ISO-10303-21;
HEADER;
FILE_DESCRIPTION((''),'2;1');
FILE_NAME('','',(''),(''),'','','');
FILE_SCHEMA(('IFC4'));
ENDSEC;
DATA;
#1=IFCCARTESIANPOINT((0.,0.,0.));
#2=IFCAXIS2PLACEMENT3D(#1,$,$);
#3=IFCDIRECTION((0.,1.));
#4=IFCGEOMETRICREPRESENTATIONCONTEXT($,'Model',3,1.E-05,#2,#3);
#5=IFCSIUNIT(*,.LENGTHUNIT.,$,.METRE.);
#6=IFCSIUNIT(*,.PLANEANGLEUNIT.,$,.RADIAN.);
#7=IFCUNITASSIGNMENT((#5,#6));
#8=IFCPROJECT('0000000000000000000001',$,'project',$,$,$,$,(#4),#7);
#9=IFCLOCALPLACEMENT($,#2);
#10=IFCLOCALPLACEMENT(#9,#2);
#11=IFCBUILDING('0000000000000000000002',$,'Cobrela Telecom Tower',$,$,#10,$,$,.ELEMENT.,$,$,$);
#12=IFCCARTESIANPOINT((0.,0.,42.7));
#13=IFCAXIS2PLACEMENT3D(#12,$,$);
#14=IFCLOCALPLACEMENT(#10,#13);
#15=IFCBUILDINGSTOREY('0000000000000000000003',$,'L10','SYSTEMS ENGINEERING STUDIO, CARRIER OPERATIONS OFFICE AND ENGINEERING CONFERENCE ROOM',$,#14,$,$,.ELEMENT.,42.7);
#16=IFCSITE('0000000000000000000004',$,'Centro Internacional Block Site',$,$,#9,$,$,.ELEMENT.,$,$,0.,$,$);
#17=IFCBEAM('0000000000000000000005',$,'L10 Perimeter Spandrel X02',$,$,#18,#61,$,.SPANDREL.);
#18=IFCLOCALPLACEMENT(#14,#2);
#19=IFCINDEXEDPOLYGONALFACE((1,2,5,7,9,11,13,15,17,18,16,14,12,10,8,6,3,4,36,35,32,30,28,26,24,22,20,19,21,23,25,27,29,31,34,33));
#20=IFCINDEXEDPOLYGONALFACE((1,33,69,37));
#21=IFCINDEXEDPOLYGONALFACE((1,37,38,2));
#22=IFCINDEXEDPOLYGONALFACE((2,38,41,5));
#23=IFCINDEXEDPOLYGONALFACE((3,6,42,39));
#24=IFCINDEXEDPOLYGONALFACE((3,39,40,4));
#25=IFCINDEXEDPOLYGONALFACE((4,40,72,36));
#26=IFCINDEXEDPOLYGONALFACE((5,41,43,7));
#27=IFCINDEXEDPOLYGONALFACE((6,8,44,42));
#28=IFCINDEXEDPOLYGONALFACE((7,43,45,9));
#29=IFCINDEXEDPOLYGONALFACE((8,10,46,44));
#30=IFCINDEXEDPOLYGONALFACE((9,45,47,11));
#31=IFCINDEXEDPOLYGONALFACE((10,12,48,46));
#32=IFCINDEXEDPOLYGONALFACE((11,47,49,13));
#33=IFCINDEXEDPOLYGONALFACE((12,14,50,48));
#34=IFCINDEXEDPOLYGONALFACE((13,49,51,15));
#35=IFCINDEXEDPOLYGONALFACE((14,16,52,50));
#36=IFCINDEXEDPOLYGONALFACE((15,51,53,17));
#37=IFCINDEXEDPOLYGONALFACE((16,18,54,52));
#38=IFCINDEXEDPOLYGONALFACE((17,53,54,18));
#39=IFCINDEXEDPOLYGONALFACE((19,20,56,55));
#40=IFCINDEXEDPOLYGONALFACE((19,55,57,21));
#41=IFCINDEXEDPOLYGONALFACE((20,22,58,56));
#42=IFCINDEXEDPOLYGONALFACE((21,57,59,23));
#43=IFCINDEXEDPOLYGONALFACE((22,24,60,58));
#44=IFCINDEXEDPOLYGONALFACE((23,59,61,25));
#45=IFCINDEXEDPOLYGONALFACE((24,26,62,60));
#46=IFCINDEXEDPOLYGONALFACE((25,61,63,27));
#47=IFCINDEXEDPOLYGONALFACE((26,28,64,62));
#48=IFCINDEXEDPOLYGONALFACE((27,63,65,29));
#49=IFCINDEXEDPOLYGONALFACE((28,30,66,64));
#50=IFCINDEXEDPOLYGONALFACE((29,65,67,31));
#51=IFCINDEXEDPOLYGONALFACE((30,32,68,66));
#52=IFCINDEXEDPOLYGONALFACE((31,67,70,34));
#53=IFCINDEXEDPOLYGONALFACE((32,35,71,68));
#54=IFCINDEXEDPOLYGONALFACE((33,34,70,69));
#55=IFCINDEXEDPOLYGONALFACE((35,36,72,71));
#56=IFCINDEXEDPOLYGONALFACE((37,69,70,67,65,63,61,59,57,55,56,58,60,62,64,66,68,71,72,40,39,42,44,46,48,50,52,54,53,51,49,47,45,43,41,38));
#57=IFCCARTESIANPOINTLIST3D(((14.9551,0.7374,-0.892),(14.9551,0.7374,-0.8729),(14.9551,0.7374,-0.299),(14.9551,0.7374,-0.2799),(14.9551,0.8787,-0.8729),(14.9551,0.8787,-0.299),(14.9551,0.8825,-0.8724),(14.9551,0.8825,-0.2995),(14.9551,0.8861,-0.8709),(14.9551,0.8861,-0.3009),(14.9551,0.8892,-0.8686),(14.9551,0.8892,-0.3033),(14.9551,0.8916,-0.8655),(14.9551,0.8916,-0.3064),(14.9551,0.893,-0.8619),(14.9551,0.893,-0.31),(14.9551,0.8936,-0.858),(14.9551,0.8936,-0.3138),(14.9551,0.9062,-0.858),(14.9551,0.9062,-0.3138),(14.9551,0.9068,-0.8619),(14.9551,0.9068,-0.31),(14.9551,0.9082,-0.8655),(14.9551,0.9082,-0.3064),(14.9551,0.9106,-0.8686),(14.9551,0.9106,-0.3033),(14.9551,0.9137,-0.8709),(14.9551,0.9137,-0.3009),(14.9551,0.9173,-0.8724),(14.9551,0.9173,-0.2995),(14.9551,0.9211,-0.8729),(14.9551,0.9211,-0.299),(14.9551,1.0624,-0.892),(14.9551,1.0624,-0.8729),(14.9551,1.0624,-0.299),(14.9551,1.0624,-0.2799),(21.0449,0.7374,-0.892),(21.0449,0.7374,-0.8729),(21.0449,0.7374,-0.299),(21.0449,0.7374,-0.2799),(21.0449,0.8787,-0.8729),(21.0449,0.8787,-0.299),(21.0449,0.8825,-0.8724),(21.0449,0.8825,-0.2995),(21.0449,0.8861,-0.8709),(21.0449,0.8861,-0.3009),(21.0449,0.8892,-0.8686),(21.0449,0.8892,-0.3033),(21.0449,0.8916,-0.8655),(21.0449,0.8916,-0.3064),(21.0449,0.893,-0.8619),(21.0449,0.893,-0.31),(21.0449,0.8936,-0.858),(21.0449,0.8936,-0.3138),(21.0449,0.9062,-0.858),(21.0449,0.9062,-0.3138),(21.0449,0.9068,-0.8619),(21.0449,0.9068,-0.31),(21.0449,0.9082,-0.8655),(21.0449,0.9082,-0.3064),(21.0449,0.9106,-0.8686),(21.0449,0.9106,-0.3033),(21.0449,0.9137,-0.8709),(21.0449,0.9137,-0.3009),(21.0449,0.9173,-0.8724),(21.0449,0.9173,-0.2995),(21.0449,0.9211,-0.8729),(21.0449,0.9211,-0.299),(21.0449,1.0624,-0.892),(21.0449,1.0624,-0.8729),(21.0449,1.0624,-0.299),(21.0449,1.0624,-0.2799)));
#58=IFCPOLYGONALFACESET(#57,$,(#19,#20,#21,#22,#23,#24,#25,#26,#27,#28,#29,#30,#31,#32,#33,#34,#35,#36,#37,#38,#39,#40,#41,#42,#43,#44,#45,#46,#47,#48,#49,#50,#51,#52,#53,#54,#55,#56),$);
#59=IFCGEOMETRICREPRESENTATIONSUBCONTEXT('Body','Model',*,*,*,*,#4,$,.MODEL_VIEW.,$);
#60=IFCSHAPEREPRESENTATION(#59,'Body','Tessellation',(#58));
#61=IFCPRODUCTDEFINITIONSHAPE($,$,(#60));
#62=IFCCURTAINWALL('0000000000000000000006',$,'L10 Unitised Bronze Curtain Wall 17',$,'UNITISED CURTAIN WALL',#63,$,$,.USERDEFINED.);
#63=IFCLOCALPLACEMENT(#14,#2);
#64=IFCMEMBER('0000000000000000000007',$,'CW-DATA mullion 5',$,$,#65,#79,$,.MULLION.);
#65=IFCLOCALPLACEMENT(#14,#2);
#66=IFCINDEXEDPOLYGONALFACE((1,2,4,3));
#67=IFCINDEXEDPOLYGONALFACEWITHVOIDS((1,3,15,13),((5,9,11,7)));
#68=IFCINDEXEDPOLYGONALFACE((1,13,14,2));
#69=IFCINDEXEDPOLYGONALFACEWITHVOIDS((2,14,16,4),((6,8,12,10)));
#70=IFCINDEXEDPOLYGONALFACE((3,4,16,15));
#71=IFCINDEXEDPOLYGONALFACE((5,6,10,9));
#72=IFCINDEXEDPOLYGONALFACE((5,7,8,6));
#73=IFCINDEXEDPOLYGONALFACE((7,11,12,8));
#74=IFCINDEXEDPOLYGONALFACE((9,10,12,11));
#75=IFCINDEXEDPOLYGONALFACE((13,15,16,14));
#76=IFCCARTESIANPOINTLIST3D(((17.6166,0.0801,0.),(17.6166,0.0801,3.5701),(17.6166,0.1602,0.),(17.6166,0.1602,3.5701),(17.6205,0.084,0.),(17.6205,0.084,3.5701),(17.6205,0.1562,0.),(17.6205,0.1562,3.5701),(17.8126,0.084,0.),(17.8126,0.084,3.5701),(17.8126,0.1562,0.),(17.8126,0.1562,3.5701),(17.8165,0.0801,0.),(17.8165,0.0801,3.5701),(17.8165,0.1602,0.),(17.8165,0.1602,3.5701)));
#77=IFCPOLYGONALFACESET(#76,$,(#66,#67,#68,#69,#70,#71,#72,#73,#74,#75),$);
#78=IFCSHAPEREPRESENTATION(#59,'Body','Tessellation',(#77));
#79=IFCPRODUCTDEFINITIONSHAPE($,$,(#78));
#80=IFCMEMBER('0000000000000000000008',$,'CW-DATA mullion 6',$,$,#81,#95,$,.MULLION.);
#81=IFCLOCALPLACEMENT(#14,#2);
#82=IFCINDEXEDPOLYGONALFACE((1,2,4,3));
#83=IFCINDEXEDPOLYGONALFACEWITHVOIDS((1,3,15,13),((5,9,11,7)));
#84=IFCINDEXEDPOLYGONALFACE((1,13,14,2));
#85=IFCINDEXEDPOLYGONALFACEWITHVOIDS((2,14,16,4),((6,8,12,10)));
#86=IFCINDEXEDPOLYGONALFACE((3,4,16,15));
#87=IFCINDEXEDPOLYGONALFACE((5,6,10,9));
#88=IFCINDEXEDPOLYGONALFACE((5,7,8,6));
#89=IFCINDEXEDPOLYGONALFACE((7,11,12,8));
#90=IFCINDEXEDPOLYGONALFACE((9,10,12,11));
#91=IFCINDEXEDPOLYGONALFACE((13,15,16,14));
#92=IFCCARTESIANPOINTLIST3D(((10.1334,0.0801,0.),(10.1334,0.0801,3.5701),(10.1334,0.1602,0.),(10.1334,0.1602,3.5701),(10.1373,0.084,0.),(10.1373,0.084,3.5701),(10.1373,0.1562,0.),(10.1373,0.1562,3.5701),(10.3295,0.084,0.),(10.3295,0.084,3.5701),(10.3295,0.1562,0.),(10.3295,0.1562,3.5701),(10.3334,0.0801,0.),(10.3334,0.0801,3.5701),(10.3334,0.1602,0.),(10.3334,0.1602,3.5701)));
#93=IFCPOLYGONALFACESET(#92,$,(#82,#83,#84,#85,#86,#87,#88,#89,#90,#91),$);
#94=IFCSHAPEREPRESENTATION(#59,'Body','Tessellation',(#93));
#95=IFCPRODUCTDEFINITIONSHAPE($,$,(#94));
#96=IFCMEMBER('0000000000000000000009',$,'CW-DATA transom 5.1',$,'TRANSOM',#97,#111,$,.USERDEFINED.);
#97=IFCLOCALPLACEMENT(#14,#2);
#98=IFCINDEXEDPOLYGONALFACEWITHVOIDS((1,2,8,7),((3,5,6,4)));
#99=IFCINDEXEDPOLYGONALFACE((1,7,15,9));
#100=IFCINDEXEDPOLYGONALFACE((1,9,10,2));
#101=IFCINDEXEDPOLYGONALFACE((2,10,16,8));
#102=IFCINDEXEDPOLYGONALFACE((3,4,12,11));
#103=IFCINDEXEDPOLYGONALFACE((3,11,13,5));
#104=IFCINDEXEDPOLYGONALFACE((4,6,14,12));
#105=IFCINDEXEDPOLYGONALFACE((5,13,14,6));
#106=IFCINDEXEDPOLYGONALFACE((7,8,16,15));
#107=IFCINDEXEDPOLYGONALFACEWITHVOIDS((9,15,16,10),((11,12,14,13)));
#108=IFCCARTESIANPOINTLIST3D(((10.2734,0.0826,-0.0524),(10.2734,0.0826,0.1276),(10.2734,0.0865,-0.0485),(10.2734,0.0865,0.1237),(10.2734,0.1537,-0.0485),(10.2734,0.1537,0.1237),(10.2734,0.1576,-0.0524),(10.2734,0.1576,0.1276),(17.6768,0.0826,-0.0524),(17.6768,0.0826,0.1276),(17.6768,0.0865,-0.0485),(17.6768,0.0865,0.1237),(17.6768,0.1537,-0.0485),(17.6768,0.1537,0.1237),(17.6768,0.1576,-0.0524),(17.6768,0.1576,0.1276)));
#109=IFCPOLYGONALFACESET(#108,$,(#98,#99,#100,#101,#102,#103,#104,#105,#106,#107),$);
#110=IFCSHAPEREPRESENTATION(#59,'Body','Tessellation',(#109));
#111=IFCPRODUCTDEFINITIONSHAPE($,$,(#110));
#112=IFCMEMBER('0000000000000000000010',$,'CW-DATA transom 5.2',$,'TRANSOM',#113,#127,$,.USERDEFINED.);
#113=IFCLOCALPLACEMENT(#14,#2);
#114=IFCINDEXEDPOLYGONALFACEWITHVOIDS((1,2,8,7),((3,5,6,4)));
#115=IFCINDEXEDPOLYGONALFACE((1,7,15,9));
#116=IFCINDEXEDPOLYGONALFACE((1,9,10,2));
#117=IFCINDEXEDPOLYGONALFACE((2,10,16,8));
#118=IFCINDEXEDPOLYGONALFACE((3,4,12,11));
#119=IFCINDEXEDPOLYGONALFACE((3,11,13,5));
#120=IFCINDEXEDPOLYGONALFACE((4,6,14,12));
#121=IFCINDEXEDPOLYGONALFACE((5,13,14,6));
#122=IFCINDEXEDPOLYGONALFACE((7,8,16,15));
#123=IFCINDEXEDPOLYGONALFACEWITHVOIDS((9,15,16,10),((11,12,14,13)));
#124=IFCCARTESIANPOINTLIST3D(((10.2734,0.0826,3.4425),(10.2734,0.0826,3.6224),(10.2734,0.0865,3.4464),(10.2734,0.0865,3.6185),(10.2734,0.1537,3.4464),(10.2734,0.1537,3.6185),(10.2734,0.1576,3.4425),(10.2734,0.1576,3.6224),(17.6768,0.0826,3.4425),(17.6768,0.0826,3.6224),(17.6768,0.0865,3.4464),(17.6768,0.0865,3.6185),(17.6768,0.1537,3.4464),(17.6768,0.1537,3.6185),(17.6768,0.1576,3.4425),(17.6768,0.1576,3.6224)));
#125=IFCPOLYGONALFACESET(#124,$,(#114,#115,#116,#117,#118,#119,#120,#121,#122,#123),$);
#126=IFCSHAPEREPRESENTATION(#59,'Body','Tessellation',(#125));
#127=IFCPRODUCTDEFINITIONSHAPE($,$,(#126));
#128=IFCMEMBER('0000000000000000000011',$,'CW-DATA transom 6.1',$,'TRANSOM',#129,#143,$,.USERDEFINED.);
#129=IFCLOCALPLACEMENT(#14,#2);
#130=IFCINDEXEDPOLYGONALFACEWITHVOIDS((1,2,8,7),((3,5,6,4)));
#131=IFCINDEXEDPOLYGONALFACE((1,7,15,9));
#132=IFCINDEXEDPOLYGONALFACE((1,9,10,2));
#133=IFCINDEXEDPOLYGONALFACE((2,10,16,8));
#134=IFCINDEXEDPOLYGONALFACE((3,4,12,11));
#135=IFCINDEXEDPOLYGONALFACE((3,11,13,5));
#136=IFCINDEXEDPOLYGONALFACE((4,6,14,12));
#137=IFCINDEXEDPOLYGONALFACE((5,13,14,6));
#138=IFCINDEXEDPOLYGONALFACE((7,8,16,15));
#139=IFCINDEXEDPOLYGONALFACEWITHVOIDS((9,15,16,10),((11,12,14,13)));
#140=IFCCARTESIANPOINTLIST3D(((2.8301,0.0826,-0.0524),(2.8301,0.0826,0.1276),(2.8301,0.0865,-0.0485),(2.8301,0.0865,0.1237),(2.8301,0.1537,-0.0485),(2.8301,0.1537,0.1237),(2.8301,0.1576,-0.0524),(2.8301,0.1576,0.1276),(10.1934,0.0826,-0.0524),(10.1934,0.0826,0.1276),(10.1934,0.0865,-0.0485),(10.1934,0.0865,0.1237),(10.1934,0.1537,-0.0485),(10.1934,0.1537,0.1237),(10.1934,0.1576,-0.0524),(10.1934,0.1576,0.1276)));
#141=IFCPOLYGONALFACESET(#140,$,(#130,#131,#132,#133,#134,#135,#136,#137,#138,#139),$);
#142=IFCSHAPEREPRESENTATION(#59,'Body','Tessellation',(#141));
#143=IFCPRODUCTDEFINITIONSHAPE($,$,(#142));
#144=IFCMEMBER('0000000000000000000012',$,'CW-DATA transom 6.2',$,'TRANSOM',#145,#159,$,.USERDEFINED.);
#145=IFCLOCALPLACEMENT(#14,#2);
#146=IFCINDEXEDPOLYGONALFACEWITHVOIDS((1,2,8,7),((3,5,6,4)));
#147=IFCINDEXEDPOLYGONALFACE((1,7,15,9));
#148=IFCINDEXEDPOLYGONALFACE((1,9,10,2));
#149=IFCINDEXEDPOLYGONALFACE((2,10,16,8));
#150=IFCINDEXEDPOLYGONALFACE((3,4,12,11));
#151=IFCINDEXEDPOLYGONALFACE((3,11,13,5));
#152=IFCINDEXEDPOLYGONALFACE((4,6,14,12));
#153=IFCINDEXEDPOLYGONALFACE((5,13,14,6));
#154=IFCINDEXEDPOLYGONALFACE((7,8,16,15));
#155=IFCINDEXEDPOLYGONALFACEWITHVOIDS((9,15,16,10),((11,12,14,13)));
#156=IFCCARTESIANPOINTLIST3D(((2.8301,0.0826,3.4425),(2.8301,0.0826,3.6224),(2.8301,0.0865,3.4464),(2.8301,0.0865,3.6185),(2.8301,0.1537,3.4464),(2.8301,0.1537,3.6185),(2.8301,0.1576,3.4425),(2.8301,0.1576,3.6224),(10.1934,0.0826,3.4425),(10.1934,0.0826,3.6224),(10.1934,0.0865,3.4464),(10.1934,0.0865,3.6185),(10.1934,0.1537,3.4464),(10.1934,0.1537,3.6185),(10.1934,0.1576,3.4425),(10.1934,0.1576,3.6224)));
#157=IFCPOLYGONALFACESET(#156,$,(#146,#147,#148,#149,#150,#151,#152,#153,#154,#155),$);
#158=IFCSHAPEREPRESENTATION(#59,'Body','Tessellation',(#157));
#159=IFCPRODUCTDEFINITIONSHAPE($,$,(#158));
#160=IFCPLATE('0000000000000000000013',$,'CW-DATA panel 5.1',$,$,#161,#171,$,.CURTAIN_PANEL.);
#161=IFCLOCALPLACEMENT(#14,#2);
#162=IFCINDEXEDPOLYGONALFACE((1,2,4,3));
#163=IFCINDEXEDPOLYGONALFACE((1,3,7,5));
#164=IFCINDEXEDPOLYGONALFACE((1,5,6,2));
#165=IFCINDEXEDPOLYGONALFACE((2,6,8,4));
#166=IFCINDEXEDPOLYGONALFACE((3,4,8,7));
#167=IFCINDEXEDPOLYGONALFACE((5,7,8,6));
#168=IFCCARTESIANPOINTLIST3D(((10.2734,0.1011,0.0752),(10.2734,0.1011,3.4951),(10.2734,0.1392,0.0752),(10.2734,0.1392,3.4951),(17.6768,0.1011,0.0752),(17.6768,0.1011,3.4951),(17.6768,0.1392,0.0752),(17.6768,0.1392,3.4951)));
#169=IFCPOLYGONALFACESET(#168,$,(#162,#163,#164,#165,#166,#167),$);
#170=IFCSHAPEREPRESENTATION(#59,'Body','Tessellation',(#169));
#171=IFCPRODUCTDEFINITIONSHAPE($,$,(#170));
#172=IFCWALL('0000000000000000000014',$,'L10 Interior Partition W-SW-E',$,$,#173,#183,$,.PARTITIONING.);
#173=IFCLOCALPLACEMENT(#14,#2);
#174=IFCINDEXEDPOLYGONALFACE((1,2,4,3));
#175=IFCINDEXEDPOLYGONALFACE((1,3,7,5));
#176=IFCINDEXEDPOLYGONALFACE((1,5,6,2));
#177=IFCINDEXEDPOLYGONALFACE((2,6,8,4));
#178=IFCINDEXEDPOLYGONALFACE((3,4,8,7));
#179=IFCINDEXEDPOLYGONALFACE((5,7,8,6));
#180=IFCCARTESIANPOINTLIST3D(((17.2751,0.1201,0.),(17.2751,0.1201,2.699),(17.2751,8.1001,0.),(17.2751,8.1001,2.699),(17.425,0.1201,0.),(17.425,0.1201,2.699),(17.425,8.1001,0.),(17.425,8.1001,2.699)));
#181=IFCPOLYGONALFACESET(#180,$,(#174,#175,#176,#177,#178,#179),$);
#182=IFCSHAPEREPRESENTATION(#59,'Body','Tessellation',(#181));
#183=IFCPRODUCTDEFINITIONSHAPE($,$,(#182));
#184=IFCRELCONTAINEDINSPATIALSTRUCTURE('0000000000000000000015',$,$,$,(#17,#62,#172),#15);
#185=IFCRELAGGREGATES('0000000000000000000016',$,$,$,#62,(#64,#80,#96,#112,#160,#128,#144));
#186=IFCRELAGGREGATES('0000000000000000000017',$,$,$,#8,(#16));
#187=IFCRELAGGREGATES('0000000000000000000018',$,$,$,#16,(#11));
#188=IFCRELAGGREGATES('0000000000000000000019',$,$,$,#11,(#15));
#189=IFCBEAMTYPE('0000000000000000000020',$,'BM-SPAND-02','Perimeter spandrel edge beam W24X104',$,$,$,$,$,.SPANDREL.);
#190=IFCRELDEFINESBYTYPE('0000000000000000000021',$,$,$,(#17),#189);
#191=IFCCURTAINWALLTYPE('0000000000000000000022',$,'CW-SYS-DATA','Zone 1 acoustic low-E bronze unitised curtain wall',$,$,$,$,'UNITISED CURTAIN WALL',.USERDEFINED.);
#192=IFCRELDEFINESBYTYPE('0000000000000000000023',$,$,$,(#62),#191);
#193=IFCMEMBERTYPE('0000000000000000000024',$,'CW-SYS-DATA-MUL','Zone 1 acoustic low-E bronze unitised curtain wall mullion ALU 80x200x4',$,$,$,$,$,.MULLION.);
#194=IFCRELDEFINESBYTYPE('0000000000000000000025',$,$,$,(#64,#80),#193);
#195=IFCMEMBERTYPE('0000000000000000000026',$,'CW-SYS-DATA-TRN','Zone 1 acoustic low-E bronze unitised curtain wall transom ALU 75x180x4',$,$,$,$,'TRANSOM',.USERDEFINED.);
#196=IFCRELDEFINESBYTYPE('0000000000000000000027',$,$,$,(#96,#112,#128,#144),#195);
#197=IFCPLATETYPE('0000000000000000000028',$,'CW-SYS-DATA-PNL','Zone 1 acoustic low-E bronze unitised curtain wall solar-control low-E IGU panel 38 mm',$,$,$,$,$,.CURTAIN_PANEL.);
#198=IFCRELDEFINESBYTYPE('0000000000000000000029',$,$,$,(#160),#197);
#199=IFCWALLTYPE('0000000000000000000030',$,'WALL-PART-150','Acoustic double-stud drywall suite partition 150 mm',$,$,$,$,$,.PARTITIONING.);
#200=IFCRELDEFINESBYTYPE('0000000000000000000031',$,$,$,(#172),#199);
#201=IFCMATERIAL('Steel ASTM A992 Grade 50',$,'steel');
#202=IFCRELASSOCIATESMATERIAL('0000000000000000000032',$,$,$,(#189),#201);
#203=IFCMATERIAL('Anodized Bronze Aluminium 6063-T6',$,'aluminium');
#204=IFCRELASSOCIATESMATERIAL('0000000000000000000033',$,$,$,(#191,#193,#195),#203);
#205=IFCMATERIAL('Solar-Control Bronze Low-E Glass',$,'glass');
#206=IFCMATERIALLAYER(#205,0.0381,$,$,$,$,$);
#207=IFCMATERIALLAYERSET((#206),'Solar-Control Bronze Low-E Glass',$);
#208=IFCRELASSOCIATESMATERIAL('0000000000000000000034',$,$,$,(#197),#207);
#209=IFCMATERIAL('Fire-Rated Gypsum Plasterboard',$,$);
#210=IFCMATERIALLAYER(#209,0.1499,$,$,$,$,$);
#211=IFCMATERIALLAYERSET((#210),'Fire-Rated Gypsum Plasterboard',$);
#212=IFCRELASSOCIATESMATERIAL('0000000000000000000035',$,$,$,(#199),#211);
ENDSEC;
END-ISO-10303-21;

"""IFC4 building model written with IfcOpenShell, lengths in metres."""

from ifc_helpers import new_model, si_unit, direction, frame, frame_2d, origin, origin_2d, place, context, subcontext, project, spatial, rectangle, hollow_rectangle, i_section, extrude, material, layer, layer_set, material_profile, profile_set, type_object, element, aggregate, save


model = new_model("IFC4")

# Units and contexts
model_context = context("Model", 3, precision=1e-05, world=origin(), true_north=direction((0.0, 1.0)))
body_context = subcontext(model_context, "Body", "Model", "MODEL_VIEW")
ifc_project = project(units=[si_unit("LENGTHUNIT", "METRE"), si_unit("PLANEANGLEUNIT", "RADIAN")], contexts=[model_context])

# Site, building, storey
site_placement = place(None, origin())
site = spatial("IfcSite", under=ifc_project, at=site_placement, Name="Centro Internacional Block Site", CompositionType="ELEMENT", RefElevation=0.0)
building_placement = place(site_placement, origin())
building = spatial("IfcBuilding", under=site, at=building_placement, Name="Cobrela Telecom Tower", CompositionType="ELEMENT")
storey_placement = place(building_placement, frame((0.0, 0.0, 42.7)))
storey = spatial("IfcBuildingStorey", under=building, at=storey_placement, Name="L10", Description="SYSTEMS ENGINEERING STUDIO, CARRIER OPERATIONS OFFICE AND ENGINEERING CONFERENCE ROOM", CompositionType="ELEMENT", Elevation=42.7)

# Beam
ifc_material_1 = material(Name="Steel ASTM A992 Grade 50", Category="steel")
ifc_material_profile_1 = material_profile(ifc_material_1, i_section(OverallWidth=0.325, OverallDepth=0.6121, WebThickness=0.0127, FlangeThickness=0.019, FilletRadius=0.0149, at=origin_2d()), Name="W24X104")
ifc_profile_set_1 = profile_set([ifc_material_profile_1], Name="Steel ASTM A992 Grade 50")
beam_type_1 = type_object("IfcBeamType", Name="BM-SPAND-02", Description="Perimeter spandrel edge beam W24X104", PredefinedType="SPANDREL", material=ifc_profile_set_1)
beam_1_placement = place(storey_placement, frame((14.9551, 0.8999, -0.5859), z_axis=(1.0, 0.0, 0.0), x_axis=(0.0, 1.0, 0.0)))
element("IfcBeam", 1, at=beam_1_placement, inside=storey, type_object=beam_type_1, Name="L10 Perimeter Spandrel X02", PredefinedType="SPANDREL", context=body_context, shape_type="SweptSolid", body=[
    extrude(i_section(OverallWidth=0.325, OverallDepth=0.6121, WebThickness=0.0127, FlangeThickness=0.019, FilletRadius=0.0149, at=origin_2d()), origin(), (0.0, 0.0, 1.0), 6.0898),
])

# Curtain wall, members, plate
ifc_material_2 = material(Name="Anodized Bronze Aluminium 6063-T6", Category="aluminium")
curtain_wall_type = type_object("IfcCurtainWallType", Name="CW-SYS-DATA", Description="Zone 1 acoustic low-E bronze unitised curtain wall", ElementType="UNITISED CURTAIN WALL", PredefinedType="USERDEFINED", material=ifc_material_2)
curtain_wall_placement = place(storey_placement, origin())
curtain_wall = element("IfcCurtainWall", 2, at=curtain_wall_placement, inside=storey, type_object=curtain_wall_type, Name="L10 Unitised Bronze Curtain Wall 17", ObjectType="UNITISED CURTAIN WALL", PredefinedType="USERDEFINED")
ifc_material_profile_2 = material_profile(ifc_material_2, hollow_rectangle(XDim=0.0801, YDim=0.2, WallThickness=0.0039, at=origin_2d()), Name="ALU 80x200x4")
ifc_profile_set_2 = profile_set([ifc_material_profile_2], Name="Anodized Bronze Aluminium 6063-T6")
member_type_1 = type_object("IfcMemberType", Name="CW-SYS-DATA-MUL", Description="Zone 1 acoustic low-E bronze unitised curtain wall mullion ALU 80x200x4", PredefinedType="MULLION", material=ifc_profile_set_2)
member_1_placement = place(storey_placement, frame((17.7166, 0.1201, 0.0), z_axis=(0.0, 0.0, 1.0), x_axis=(0.0, -1.0, 0.0)))
member_1 = element("IfcMember", 3, at=member_1_placement, type_object=member_type_1, Name="CW-DATA mullion 5", PredefinedType="MULLION", context=body_context, shape_type="SweptSolid", body=[
    extrude(hollow_rectangle(XDim=0.0801, YDim=0.2, WallThickness=0.0039, at=origin_2d()), origin(), (0.0, 0.0, 1.0), 3.5701),
])
member_2_placement = place(storey_placement, frame((10.2334, 0.1201, 0.0), z_axis=(0.0, 0.0, 1.0), x_axis=(0.0, -1.0, 0.0)))
member_2 = element("IfcMember", 4, at=member_2_placement, type_object=member_type_1, Name="CW-DATA mullion 6", PredefinedType="MULLION", context=body_context, shape_type="SweptSolid", body=[
    extrude(hollow_rectangle(XDim=0.0801, YDim=0.2, WallThickness=0.0039, at=origin_2d()), origin(), (0.0, 0.0, 1.0), 3.5701),
])
ifc_material_profile_3 = material_profile(ifc_material_2, hollow_rectangle(XDim=0.075, YDim=0.1799, WallThickness=0.0039, at=origin_2d()), Name="ALU 75x180x4")
ifc_profile_set_3 = profile_set([ifc_material_profile_3], Name="Anodized Bronze Aluminium 6063-T6")
member_type_2 = type_object("IfcMemberType", Name="CW-SYS-DATA-TRN", Description="Zone 1 acoustic low-E bronze unitised curtain wall transom ALU 75x180x4", ElementType="TRANSOM", PredefinedType="USERDEFINED", material=ifc_profile_set_3)
member_3_placement = place(storey_placement, frame((17.6768, 0.1201, 0.0376), z_axis=(-1.0, 0.0, 0.0), x_axis=(0.0, -1.0, 0.0)))
member_3 = element("IfcMember", 5, at=member_3_placement, type_object=member_type_2, Name="CW-DATA transom 5.1", ObjectType="TRANSOM", PredefinedType="USERDEFINED", context=body_context, shape_type="SweptSolid", body=[
    extrude(hollow_rectangle(XDim=0.075, YDim=0.1799, WallThickness=0.0039, at=origin_2d()), origin(), (0.0, 0.0, 1.0), 7.4033),
])
member_4_placement = place(storey_placement, frame((17.6768, 0.1201, 3.5325), z_axis=(-1.0, 0.0, 0.0), x_axis=(0.0, -1.0, 0.0)))
member_4 = element("IfcMember", 6, at=member_4_placement, type_object=member_type_2, Name="CW-DATA transom 5.2", ObjectType="TRANSOM", PredefinedType="USERDEFINED", context=body_context, shape_type="SweptSolid", body=[
    extrude(hollow_rectangle(XDim=0.075, YDim=0.1799, WallThickness=0.0039, at=origin_2d()), origin(), (0.0, 0.0, 1.0), 7.4033),
])
member_5_placement = place(storey_placement, frame((10.1934, 0.1201, 0.0376), z_axis=(-1.0, 0.0, 0.0), x_axis=(0.0, -1.0, 0.0)))
member_5 = element("IfcMember", 7, at=member_5_placement, type_object=member_type_2, Name="CW-DATA transom 6.1", ObjectType="TRANSOM", PredefinedType="USERDEFINED", context=body_context, shape_type="SweptSolid", body=[
    extrude(hollow_rectangle(XDim=0.075, YDim=0.1799, WallThickness=0.0039, at=origin_2d()), origin(), (0.0, 0.0, 1.0), 7.3633),
])
member_6_placement = place(storey_placement, frame((10.1934, 0.1201, 3.5325), z_axis=(-1.0, 0.0, 0.0), x_axis=(0.0, -1.0, 0.0)))
member_6 = element("IfcMember", 8, at=member_6_placement, type_object=member_type_2, Name="CW-DATA transom 6.2", ObjectType="TRANSOM", PredefinedType="USERDEFINED", context=body_context, shape_type="SweptSolid", body=[
    extrude(hollow_rectangle(XDim=0.075, YDim=0.1799, WallThickness=0.0039, at=origin_2d()), origin(), (0.0, 0.0, 1.0), 7.3633),
])
ifc_material_3 = material(Name="Solar-Control Bronze Low-E Glass", Category="glass")
ifc_layer_1 = layer(ifc_material_3, 0.0381)
ifc_layer_set_1 = layer_set([ifc_layer_1], Name="Solar-Control Bronze Low-E Glass")
plate_type = type_object("IfcPlateType", Name="CW-SYS-DATA-PNL", Description="Zone 1 acoustic low-E bronze unitised curtain wall solar-control low-E IGU panel 38 mm", PredefinedType="CURTAIN_PANEL", material=ifc_layer_set_1)
plate_placement = place(storey_placement, frame((13.9751, 0.1201, 0.0752), z_axis=(0.0, 0.0, 1.0), x_axis=(-1.0, 0.0, 0.0)))
plate = element("IfcPlate", 9, at=plate_placement, type_object=plate_type, Name="CW-DATA panel 5.1", PredefinedType="CURTAIN_PANEL", context=body_context, shape_type="SweptSolid", body=[
    extrude(rectangle(XDim=7.4033, YDim=0.0381, at=origin_2d()), origin(), (0.0, 0.0, 1.0), 3.4199),
])
aggregate(curtain_wall, [member_1, member_2, member_3, member_4, plate, member_5, member_6])

# Wall
ifc_material_4 = material(Name="Fire-Rated Gypsum Plasterboard")
ifc_layer_2 = layer(ifc_material_4, 0.1499)
ifc_layer_set_2 = layer_set([ifc_layer_2], Name="Fire-Rated Gypsum Plasterboard")
wall_type = type_object("IfcWallType", Name="WALL-PART-150", Description="Acoustic double-stud drywall suite partition 150 mm", PredefinedType="PARTITIONING", material=ifc_layer_set_2)
wall_placement = place(storey_placement, frame((17.3501, 0.1201, 0.0), z_axis=(0.0, 0.0, 1.0), x_axis=(0.0, 1.0, 0.0)))
element("IfcWall", 10, at=wall_placement, inside=storey, type_object=wall_type, Name="L10 Interior Partition W-SW-E", PredefinedType="PARTITIONING", context=body_context, shape_type="SweptSolid", body=[
    extrude(rectangle(XDim=7.98, YDim=0.1499, at=frame_2d((3.99, 0.0))), origin(), (0.0, 0.0, 1.0), 2.699),
])

save(model, "model.ifc")
